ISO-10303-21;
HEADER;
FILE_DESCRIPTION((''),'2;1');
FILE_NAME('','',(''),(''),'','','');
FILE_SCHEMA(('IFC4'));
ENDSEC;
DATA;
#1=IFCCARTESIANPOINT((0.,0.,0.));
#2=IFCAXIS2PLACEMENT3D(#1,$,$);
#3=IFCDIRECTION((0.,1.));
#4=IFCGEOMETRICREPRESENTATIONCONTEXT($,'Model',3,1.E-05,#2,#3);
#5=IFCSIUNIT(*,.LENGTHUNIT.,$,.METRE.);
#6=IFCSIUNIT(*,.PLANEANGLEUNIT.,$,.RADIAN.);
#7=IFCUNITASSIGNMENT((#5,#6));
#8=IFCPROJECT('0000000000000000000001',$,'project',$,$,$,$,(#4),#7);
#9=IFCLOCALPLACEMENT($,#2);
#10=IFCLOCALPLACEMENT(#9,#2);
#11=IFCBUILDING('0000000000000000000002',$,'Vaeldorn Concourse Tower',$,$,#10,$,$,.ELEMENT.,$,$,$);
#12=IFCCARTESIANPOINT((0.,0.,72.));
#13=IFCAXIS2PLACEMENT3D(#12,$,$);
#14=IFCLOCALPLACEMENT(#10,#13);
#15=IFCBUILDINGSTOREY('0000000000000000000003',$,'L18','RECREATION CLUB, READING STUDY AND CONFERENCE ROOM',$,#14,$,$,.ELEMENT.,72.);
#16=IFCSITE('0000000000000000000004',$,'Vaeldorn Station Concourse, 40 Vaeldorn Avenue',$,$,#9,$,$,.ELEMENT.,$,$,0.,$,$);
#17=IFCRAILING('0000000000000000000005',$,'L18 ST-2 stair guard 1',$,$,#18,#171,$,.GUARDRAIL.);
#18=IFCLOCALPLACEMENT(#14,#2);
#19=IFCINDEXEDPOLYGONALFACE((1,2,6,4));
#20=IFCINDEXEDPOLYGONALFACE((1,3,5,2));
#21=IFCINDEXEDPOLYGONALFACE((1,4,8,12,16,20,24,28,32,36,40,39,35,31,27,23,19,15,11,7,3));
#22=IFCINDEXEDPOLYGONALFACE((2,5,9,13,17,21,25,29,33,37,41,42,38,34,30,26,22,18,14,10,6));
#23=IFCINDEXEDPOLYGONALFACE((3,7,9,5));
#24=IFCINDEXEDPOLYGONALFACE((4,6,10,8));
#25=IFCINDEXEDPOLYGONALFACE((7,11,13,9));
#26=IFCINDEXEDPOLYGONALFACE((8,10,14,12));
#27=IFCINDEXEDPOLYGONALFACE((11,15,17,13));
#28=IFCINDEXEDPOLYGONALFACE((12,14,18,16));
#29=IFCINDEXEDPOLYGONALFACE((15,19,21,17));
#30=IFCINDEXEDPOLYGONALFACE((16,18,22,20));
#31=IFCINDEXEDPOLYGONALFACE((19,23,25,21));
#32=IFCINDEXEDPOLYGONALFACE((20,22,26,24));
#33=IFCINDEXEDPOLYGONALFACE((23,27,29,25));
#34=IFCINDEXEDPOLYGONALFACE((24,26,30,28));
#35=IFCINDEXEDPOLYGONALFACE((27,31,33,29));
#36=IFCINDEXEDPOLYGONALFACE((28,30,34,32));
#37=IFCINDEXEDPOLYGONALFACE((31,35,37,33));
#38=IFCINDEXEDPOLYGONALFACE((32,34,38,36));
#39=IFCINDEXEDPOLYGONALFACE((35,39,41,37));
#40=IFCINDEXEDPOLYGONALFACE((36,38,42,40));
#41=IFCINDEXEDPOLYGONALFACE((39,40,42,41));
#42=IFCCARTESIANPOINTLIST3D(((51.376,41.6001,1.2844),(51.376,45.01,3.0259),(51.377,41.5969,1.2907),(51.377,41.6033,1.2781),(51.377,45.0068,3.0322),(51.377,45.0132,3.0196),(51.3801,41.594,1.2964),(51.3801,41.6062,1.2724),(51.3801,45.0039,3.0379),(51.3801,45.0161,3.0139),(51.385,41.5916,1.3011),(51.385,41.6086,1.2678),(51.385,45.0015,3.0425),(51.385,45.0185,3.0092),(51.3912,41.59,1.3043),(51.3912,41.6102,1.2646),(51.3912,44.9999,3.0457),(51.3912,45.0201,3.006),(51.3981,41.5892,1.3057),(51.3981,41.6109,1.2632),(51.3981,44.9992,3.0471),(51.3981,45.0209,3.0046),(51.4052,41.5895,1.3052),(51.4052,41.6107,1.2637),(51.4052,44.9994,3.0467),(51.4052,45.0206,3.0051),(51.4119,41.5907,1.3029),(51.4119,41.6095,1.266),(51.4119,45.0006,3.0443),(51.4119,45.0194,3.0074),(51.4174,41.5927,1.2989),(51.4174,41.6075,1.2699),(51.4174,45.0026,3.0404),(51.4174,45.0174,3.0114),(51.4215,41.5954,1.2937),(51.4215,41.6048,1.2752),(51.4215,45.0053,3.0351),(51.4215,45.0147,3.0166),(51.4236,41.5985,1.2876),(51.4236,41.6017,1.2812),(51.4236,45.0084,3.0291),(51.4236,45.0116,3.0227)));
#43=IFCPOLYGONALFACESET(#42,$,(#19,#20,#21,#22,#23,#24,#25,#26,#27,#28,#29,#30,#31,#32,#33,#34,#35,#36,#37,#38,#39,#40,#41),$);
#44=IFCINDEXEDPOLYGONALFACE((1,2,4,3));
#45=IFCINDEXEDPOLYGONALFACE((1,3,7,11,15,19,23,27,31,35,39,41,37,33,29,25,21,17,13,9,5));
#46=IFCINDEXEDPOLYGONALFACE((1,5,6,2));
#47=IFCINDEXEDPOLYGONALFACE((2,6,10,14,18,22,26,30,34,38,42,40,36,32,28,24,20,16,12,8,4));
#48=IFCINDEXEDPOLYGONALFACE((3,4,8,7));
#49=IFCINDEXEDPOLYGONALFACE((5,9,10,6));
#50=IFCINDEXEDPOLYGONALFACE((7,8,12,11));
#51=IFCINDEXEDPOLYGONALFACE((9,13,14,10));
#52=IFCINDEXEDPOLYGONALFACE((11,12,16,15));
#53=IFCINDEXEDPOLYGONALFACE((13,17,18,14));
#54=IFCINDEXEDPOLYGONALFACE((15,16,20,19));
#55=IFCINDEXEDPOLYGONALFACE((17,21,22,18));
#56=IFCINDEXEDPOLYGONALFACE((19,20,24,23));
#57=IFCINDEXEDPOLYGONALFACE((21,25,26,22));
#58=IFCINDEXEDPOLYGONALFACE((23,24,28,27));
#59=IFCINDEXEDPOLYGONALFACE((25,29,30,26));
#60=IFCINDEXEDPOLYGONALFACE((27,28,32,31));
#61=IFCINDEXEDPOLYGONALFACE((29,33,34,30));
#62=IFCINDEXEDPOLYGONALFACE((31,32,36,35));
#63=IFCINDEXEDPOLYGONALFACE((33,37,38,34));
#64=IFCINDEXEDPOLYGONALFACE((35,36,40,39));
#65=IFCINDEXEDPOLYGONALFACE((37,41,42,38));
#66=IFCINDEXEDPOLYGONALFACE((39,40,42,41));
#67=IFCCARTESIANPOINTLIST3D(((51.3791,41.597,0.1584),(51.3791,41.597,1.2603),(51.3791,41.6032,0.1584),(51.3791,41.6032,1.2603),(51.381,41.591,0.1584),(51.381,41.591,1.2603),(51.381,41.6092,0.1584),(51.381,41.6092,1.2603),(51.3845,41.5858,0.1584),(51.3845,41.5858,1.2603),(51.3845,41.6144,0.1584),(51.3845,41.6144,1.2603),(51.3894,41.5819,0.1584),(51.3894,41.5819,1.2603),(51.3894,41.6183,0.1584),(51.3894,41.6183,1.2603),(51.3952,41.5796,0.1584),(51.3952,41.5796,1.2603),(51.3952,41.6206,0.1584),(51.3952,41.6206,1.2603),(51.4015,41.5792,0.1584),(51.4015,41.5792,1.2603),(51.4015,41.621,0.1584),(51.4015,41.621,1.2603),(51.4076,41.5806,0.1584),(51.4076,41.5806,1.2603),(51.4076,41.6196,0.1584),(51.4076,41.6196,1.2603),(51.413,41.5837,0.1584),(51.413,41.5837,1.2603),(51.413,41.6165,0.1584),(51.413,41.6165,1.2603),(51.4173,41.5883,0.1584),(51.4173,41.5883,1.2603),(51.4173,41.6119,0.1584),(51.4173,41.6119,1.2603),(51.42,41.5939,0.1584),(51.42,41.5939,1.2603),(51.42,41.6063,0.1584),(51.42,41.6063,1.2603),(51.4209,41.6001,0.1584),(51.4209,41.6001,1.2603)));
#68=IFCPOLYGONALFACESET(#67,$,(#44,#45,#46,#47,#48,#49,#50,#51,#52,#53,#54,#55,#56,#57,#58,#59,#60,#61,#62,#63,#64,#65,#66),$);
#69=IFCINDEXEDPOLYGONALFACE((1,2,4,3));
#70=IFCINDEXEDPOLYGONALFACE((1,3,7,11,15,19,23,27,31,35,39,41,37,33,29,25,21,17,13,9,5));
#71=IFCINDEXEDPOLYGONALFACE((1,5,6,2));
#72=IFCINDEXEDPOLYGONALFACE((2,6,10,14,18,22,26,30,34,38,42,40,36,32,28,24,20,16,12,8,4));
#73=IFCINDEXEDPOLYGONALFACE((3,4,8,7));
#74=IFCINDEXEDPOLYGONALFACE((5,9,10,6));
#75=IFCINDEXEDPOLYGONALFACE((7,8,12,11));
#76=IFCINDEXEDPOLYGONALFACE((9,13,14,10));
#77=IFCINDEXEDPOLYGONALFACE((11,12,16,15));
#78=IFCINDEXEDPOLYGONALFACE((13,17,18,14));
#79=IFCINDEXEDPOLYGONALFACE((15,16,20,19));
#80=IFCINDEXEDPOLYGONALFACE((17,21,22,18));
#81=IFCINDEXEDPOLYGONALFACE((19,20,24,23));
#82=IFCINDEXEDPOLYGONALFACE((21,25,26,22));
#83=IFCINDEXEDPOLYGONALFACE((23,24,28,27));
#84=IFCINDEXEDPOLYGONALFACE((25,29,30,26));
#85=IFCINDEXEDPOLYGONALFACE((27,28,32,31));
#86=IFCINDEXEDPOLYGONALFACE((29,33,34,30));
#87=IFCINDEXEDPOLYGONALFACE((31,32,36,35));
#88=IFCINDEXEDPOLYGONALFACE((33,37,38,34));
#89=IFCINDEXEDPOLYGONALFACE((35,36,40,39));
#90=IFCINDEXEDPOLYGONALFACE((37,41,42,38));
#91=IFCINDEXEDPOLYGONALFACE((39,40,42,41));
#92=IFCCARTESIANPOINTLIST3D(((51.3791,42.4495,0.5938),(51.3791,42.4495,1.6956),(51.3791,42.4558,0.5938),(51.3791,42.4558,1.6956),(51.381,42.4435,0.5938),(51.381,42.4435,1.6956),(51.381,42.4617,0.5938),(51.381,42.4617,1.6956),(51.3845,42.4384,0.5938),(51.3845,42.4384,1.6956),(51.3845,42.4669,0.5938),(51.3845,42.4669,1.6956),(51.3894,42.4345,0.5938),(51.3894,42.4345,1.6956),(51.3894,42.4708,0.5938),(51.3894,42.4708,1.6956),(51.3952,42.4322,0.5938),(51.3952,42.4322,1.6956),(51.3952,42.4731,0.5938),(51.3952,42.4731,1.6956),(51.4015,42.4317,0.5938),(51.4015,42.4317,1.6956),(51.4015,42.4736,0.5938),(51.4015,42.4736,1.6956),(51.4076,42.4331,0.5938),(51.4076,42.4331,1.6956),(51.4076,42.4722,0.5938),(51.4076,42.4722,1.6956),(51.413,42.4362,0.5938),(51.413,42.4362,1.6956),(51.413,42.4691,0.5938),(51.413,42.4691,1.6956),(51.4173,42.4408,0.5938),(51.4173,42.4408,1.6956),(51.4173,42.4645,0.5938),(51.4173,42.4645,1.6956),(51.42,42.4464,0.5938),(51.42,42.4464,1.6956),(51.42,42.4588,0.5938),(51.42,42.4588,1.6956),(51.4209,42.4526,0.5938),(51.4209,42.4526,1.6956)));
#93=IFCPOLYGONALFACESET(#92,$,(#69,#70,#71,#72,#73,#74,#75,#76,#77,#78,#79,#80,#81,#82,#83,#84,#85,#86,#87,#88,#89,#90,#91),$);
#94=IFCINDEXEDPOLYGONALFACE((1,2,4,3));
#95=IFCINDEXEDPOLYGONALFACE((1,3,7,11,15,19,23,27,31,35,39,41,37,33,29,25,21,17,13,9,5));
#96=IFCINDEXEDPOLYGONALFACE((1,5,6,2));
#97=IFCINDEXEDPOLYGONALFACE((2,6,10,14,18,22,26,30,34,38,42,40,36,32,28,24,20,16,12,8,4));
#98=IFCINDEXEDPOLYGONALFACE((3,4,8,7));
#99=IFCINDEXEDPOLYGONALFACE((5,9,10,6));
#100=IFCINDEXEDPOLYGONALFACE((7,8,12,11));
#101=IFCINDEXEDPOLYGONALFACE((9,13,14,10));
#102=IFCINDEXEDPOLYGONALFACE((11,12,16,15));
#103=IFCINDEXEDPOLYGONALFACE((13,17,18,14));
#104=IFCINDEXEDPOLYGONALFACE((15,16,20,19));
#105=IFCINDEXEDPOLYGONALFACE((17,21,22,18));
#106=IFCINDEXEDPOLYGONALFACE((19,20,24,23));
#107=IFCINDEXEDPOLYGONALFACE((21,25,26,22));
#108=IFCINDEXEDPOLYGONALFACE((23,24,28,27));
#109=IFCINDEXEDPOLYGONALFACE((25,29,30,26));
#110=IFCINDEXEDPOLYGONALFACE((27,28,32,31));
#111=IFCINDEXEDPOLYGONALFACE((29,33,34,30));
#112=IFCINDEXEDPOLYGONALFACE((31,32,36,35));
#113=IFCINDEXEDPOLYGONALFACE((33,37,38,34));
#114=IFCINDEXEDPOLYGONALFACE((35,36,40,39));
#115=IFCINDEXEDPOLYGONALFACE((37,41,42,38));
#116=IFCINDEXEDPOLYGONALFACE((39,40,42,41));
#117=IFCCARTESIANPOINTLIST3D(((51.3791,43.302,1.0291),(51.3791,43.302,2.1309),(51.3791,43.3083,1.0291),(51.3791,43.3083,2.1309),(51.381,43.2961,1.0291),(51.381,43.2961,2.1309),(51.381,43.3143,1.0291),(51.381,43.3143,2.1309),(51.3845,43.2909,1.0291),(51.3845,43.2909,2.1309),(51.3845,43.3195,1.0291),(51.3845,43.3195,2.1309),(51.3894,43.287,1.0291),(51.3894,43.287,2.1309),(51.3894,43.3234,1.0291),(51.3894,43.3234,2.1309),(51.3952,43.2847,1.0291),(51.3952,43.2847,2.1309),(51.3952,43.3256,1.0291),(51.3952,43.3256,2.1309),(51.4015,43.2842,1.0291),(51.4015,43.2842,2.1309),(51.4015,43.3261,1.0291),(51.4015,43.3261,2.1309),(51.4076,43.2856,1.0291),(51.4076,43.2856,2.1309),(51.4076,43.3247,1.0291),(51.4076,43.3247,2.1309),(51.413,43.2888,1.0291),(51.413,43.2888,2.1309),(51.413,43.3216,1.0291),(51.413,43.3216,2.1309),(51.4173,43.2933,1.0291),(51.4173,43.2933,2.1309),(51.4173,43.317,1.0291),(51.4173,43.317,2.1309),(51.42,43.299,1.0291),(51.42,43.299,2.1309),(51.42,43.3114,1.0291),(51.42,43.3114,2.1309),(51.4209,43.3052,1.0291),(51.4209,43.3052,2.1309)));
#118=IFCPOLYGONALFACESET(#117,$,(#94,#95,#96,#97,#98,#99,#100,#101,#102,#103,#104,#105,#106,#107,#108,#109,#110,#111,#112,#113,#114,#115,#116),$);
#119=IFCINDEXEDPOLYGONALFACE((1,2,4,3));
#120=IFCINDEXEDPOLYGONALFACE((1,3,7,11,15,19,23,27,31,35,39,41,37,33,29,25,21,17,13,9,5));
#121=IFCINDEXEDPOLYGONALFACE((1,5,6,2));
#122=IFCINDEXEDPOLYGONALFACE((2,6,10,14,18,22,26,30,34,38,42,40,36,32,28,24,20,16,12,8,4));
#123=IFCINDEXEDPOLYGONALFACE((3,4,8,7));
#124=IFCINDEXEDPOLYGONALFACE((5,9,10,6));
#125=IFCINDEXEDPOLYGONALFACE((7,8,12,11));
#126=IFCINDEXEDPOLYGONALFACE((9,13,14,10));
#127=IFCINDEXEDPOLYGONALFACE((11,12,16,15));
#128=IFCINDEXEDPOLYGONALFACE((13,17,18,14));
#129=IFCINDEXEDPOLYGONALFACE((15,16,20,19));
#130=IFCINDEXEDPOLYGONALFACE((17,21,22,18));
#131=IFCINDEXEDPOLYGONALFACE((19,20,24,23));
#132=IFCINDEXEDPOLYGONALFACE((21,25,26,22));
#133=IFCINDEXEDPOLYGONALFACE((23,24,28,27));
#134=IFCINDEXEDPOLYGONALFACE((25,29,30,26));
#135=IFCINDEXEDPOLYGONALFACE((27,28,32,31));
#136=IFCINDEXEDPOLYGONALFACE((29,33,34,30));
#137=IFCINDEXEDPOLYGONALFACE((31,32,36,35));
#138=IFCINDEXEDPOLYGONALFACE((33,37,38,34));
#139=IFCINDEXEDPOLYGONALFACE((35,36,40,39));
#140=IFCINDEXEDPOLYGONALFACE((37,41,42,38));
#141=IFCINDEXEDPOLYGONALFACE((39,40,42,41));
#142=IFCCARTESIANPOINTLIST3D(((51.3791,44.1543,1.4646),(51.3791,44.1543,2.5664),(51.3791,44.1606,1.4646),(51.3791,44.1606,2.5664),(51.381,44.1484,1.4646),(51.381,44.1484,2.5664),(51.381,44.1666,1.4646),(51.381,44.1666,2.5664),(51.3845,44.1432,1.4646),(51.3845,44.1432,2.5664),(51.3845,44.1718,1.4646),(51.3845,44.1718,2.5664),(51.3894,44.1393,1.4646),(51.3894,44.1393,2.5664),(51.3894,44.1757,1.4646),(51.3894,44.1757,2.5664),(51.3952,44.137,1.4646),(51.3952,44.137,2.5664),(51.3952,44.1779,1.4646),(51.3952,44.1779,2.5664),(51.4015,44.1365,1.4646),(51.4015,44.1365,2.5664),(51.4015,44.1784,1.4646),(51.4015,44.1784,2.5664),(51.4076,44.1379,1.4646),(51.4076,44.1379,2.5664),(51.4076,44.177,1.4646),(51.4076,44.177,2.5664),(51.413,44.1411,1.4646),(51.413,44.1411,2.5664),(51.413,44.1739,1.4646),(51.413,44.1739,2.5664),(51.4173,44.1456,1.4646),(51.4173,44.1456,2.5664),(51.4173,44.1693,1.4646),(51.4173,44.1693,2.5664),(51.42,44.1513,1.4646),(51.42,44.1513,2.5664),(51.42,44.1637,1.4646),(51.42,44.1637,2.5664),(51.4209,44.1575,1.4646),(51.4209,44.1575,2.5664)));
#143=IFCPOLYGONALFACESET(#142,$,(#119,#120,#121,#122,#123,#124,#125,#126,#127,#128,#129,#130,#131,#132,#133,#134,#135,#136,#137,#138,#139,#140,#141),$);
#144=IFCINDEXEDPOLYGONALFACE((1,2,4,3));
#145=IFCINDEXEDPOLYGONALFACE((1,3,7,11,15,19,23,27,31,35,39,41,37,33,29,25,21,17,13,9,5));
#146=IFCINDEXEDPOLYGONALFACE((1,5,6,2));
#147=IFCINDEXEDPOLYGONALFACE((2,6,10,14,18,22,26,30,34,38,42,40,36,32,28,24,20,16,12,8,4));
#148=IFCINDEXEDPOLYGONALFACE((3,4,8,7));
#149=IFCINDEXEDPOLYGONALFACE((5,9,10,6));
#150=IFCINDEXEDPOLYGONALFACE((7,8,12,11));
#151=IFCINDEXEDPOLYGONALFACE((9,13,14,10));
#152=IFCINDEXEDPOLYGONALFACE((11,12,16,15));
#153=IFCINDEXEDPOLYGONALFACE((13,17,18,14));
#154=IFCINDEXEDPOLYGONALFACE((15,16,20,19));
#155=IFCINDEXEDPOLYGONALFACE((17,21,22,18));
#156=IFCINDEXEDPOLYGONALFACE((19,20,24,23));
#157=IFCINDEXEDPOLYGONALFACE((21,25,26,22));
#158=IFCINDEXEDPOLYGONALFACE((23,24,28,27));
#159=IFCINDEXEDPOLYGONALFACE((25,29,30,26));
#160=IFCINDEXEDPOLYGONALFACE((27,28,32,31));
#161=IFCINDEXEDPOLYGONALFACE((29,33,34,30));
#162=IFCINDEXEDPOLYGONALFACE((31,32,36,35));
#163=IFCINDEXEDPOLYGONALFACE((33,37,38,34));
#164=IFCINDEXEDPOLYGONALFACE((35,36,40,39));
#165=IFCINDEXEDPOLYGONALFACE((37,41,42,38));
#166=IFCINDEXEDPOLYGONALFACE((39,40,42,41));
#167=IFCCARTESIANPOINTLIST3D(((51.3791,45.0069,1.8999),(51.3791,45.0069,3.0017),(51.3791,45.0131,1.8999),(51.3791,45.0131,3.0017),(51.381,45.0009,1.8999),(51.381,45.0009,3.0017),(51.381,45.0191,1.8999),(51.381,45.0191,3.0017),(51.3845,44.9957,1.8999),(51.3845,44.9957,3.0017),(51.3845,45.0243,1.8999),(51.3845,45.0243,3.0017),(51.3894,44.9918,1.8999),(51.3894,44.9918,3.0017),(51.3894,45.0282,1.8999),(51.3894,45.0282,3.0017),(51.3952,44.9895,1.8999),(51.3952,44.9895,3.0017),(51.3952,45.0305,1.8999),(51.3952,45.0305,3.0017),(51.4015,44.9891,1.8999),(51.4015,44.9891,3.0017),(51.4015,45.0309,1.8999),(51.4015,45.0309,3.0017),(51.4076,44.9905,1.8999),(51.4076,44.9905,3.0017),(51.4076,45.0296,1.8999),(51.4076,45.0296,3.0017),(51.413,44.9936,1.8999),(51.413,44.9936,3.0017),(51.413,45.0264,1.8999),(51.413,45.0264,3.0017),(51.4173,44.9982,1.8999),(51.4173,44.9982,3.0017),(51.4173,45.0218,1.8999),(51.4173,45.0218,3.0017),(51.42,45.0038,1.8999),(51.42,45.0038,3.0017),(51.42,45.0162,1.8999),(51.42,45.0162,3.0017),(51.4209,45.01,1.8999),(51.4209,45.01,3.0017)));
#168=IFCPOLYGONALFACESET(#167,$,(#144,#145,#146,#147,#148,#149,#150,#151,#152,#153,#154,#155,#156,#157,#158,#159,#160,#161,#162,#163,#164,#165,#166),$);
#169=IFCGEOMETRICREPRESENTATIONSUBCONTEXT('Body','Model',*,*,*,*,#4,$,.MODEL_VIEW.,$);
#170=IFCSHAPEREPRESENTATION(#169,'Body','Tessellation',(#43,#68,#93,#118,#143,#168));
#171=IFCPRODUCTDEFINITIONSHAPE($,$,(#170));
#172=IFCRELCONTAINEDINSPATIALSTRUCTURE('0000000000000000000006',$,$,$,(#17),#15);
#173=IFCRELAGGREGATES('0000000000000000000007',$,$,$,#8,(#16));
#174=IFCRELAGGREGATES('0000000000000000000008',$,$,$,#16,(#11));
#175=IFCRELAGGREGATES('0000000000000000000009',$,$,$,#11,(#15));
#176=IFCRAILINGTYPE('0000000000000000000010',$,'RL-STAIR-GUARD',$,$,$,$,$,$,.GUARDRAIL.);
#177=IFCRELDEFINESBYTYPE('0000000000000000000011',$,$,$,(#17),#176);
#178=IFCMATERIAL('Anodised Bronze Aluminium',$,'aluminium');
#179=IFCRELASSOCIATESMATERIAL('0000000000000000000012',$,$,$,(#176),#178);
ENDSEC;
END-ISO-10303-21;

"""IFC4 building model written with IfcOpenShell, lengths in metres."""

from ifc_helpers import new_model, si_unit, direction, frame, origin, origin_2d, place, context, subcontext, project, spatial, circle, extrude, material, type_object, element, save


model = new_model("IFC4")

# Units and contexts
model_context = context("Model", 3, precision=1e-05, world=origin(), true_north=direction((0.0, 1.0)))
body_context = subcontext(model_context, "Body", "Model", "MODEL_VIEW")
ifc_project = project(units=[si_unit("LENGTHUNIT", "METRE"), si_unit("PLANEANGLEUNIT", "RADIAN")], contexts=[model_context])

# Site, building, storey
site_placement = place(None, origin())
site = spatial("IfcSite", under=ifc_project, at=site_placement, Name="Vaeldorn Station Concourse, 40 Vaeldorn Avenue", CompositionType="ELEMENT", RefElevation=0.0)
building_placement = place(site_placement, origin())
building = spatial("IfcBuilding", under=site, at=building_placement, Name="Vaeldorn Concourse Tower", CompositionType="ELEMENT")
storey_placement = place(building_placement, frame((0.0, 0.0, 72.0)))
storey = spatial("IfcBuildingStorey", under=building, at=storey_placement, Name="L18", Description="RECREATION CLUB, READING STUDY AND CONFERENCE ROOM", CompositionType="ELEMENT", Elevation=72.0)

# Shared definitions
ifc_material_1 = material(Name="Anodised Bronze Aluminium", Category="aluminium")

# Railing
railing_type_1 = type_object("IfcRailingType", Name="RL-STAIR-GUARD", PredefinedType="GUARDRAIL", material=ifc_material_1)
railing_1_placement = place(storey_placement, frame((51.3999, 41.6001, 0.1584)))
element("IfcRailing", 1, at=railing_1_placement, inside=storey, type_object=railing_type_1, Name="L18 ST-2 stair guard 1", PredefinedType="GUARDRAIL", context=body_context, shape_type="SweptSolid", body=[
    extrude(circle(Radius=0.0239, at=origin_2d()), frame((0.0, 0.0, 1.126), z_axis=(0.0, 0.890582, 0.454823), x_axis=(-1.0, 0.0, 0.0)), (0.0, 0.0, 1.0), 3.8289),
    extrude(circle(Radius=0.021, at=origin_2d()), origin(), (0.0, 0.0, 1.0), 1.1018),
    extrude(circle(Radius=0.021, at=origin_2d()), frame((0.0, 0.8525, 0.4353)), (0.0, 0.0, 1.0), 1.1018),
    extrude(circle(Radius=0.021, at=origin_2d()), frame((0.0, 1.7051, 0.8706)), (0.0, 0.0, 1.0), 1.1018),
    extrude(circle(Radius=0.021, at=origin_2d()), frame((0.0, 2.5574, 1.3062)), (0.0, 0.0, 1.0), 1.1018),
    extrude(circle(Radius=0.021, at=origin_2d()), frame((0.0, 3.4099, 1.7415)), (0.0, 0.0, 1.0), 1.1018),
])

save(model, "model.ifc")
